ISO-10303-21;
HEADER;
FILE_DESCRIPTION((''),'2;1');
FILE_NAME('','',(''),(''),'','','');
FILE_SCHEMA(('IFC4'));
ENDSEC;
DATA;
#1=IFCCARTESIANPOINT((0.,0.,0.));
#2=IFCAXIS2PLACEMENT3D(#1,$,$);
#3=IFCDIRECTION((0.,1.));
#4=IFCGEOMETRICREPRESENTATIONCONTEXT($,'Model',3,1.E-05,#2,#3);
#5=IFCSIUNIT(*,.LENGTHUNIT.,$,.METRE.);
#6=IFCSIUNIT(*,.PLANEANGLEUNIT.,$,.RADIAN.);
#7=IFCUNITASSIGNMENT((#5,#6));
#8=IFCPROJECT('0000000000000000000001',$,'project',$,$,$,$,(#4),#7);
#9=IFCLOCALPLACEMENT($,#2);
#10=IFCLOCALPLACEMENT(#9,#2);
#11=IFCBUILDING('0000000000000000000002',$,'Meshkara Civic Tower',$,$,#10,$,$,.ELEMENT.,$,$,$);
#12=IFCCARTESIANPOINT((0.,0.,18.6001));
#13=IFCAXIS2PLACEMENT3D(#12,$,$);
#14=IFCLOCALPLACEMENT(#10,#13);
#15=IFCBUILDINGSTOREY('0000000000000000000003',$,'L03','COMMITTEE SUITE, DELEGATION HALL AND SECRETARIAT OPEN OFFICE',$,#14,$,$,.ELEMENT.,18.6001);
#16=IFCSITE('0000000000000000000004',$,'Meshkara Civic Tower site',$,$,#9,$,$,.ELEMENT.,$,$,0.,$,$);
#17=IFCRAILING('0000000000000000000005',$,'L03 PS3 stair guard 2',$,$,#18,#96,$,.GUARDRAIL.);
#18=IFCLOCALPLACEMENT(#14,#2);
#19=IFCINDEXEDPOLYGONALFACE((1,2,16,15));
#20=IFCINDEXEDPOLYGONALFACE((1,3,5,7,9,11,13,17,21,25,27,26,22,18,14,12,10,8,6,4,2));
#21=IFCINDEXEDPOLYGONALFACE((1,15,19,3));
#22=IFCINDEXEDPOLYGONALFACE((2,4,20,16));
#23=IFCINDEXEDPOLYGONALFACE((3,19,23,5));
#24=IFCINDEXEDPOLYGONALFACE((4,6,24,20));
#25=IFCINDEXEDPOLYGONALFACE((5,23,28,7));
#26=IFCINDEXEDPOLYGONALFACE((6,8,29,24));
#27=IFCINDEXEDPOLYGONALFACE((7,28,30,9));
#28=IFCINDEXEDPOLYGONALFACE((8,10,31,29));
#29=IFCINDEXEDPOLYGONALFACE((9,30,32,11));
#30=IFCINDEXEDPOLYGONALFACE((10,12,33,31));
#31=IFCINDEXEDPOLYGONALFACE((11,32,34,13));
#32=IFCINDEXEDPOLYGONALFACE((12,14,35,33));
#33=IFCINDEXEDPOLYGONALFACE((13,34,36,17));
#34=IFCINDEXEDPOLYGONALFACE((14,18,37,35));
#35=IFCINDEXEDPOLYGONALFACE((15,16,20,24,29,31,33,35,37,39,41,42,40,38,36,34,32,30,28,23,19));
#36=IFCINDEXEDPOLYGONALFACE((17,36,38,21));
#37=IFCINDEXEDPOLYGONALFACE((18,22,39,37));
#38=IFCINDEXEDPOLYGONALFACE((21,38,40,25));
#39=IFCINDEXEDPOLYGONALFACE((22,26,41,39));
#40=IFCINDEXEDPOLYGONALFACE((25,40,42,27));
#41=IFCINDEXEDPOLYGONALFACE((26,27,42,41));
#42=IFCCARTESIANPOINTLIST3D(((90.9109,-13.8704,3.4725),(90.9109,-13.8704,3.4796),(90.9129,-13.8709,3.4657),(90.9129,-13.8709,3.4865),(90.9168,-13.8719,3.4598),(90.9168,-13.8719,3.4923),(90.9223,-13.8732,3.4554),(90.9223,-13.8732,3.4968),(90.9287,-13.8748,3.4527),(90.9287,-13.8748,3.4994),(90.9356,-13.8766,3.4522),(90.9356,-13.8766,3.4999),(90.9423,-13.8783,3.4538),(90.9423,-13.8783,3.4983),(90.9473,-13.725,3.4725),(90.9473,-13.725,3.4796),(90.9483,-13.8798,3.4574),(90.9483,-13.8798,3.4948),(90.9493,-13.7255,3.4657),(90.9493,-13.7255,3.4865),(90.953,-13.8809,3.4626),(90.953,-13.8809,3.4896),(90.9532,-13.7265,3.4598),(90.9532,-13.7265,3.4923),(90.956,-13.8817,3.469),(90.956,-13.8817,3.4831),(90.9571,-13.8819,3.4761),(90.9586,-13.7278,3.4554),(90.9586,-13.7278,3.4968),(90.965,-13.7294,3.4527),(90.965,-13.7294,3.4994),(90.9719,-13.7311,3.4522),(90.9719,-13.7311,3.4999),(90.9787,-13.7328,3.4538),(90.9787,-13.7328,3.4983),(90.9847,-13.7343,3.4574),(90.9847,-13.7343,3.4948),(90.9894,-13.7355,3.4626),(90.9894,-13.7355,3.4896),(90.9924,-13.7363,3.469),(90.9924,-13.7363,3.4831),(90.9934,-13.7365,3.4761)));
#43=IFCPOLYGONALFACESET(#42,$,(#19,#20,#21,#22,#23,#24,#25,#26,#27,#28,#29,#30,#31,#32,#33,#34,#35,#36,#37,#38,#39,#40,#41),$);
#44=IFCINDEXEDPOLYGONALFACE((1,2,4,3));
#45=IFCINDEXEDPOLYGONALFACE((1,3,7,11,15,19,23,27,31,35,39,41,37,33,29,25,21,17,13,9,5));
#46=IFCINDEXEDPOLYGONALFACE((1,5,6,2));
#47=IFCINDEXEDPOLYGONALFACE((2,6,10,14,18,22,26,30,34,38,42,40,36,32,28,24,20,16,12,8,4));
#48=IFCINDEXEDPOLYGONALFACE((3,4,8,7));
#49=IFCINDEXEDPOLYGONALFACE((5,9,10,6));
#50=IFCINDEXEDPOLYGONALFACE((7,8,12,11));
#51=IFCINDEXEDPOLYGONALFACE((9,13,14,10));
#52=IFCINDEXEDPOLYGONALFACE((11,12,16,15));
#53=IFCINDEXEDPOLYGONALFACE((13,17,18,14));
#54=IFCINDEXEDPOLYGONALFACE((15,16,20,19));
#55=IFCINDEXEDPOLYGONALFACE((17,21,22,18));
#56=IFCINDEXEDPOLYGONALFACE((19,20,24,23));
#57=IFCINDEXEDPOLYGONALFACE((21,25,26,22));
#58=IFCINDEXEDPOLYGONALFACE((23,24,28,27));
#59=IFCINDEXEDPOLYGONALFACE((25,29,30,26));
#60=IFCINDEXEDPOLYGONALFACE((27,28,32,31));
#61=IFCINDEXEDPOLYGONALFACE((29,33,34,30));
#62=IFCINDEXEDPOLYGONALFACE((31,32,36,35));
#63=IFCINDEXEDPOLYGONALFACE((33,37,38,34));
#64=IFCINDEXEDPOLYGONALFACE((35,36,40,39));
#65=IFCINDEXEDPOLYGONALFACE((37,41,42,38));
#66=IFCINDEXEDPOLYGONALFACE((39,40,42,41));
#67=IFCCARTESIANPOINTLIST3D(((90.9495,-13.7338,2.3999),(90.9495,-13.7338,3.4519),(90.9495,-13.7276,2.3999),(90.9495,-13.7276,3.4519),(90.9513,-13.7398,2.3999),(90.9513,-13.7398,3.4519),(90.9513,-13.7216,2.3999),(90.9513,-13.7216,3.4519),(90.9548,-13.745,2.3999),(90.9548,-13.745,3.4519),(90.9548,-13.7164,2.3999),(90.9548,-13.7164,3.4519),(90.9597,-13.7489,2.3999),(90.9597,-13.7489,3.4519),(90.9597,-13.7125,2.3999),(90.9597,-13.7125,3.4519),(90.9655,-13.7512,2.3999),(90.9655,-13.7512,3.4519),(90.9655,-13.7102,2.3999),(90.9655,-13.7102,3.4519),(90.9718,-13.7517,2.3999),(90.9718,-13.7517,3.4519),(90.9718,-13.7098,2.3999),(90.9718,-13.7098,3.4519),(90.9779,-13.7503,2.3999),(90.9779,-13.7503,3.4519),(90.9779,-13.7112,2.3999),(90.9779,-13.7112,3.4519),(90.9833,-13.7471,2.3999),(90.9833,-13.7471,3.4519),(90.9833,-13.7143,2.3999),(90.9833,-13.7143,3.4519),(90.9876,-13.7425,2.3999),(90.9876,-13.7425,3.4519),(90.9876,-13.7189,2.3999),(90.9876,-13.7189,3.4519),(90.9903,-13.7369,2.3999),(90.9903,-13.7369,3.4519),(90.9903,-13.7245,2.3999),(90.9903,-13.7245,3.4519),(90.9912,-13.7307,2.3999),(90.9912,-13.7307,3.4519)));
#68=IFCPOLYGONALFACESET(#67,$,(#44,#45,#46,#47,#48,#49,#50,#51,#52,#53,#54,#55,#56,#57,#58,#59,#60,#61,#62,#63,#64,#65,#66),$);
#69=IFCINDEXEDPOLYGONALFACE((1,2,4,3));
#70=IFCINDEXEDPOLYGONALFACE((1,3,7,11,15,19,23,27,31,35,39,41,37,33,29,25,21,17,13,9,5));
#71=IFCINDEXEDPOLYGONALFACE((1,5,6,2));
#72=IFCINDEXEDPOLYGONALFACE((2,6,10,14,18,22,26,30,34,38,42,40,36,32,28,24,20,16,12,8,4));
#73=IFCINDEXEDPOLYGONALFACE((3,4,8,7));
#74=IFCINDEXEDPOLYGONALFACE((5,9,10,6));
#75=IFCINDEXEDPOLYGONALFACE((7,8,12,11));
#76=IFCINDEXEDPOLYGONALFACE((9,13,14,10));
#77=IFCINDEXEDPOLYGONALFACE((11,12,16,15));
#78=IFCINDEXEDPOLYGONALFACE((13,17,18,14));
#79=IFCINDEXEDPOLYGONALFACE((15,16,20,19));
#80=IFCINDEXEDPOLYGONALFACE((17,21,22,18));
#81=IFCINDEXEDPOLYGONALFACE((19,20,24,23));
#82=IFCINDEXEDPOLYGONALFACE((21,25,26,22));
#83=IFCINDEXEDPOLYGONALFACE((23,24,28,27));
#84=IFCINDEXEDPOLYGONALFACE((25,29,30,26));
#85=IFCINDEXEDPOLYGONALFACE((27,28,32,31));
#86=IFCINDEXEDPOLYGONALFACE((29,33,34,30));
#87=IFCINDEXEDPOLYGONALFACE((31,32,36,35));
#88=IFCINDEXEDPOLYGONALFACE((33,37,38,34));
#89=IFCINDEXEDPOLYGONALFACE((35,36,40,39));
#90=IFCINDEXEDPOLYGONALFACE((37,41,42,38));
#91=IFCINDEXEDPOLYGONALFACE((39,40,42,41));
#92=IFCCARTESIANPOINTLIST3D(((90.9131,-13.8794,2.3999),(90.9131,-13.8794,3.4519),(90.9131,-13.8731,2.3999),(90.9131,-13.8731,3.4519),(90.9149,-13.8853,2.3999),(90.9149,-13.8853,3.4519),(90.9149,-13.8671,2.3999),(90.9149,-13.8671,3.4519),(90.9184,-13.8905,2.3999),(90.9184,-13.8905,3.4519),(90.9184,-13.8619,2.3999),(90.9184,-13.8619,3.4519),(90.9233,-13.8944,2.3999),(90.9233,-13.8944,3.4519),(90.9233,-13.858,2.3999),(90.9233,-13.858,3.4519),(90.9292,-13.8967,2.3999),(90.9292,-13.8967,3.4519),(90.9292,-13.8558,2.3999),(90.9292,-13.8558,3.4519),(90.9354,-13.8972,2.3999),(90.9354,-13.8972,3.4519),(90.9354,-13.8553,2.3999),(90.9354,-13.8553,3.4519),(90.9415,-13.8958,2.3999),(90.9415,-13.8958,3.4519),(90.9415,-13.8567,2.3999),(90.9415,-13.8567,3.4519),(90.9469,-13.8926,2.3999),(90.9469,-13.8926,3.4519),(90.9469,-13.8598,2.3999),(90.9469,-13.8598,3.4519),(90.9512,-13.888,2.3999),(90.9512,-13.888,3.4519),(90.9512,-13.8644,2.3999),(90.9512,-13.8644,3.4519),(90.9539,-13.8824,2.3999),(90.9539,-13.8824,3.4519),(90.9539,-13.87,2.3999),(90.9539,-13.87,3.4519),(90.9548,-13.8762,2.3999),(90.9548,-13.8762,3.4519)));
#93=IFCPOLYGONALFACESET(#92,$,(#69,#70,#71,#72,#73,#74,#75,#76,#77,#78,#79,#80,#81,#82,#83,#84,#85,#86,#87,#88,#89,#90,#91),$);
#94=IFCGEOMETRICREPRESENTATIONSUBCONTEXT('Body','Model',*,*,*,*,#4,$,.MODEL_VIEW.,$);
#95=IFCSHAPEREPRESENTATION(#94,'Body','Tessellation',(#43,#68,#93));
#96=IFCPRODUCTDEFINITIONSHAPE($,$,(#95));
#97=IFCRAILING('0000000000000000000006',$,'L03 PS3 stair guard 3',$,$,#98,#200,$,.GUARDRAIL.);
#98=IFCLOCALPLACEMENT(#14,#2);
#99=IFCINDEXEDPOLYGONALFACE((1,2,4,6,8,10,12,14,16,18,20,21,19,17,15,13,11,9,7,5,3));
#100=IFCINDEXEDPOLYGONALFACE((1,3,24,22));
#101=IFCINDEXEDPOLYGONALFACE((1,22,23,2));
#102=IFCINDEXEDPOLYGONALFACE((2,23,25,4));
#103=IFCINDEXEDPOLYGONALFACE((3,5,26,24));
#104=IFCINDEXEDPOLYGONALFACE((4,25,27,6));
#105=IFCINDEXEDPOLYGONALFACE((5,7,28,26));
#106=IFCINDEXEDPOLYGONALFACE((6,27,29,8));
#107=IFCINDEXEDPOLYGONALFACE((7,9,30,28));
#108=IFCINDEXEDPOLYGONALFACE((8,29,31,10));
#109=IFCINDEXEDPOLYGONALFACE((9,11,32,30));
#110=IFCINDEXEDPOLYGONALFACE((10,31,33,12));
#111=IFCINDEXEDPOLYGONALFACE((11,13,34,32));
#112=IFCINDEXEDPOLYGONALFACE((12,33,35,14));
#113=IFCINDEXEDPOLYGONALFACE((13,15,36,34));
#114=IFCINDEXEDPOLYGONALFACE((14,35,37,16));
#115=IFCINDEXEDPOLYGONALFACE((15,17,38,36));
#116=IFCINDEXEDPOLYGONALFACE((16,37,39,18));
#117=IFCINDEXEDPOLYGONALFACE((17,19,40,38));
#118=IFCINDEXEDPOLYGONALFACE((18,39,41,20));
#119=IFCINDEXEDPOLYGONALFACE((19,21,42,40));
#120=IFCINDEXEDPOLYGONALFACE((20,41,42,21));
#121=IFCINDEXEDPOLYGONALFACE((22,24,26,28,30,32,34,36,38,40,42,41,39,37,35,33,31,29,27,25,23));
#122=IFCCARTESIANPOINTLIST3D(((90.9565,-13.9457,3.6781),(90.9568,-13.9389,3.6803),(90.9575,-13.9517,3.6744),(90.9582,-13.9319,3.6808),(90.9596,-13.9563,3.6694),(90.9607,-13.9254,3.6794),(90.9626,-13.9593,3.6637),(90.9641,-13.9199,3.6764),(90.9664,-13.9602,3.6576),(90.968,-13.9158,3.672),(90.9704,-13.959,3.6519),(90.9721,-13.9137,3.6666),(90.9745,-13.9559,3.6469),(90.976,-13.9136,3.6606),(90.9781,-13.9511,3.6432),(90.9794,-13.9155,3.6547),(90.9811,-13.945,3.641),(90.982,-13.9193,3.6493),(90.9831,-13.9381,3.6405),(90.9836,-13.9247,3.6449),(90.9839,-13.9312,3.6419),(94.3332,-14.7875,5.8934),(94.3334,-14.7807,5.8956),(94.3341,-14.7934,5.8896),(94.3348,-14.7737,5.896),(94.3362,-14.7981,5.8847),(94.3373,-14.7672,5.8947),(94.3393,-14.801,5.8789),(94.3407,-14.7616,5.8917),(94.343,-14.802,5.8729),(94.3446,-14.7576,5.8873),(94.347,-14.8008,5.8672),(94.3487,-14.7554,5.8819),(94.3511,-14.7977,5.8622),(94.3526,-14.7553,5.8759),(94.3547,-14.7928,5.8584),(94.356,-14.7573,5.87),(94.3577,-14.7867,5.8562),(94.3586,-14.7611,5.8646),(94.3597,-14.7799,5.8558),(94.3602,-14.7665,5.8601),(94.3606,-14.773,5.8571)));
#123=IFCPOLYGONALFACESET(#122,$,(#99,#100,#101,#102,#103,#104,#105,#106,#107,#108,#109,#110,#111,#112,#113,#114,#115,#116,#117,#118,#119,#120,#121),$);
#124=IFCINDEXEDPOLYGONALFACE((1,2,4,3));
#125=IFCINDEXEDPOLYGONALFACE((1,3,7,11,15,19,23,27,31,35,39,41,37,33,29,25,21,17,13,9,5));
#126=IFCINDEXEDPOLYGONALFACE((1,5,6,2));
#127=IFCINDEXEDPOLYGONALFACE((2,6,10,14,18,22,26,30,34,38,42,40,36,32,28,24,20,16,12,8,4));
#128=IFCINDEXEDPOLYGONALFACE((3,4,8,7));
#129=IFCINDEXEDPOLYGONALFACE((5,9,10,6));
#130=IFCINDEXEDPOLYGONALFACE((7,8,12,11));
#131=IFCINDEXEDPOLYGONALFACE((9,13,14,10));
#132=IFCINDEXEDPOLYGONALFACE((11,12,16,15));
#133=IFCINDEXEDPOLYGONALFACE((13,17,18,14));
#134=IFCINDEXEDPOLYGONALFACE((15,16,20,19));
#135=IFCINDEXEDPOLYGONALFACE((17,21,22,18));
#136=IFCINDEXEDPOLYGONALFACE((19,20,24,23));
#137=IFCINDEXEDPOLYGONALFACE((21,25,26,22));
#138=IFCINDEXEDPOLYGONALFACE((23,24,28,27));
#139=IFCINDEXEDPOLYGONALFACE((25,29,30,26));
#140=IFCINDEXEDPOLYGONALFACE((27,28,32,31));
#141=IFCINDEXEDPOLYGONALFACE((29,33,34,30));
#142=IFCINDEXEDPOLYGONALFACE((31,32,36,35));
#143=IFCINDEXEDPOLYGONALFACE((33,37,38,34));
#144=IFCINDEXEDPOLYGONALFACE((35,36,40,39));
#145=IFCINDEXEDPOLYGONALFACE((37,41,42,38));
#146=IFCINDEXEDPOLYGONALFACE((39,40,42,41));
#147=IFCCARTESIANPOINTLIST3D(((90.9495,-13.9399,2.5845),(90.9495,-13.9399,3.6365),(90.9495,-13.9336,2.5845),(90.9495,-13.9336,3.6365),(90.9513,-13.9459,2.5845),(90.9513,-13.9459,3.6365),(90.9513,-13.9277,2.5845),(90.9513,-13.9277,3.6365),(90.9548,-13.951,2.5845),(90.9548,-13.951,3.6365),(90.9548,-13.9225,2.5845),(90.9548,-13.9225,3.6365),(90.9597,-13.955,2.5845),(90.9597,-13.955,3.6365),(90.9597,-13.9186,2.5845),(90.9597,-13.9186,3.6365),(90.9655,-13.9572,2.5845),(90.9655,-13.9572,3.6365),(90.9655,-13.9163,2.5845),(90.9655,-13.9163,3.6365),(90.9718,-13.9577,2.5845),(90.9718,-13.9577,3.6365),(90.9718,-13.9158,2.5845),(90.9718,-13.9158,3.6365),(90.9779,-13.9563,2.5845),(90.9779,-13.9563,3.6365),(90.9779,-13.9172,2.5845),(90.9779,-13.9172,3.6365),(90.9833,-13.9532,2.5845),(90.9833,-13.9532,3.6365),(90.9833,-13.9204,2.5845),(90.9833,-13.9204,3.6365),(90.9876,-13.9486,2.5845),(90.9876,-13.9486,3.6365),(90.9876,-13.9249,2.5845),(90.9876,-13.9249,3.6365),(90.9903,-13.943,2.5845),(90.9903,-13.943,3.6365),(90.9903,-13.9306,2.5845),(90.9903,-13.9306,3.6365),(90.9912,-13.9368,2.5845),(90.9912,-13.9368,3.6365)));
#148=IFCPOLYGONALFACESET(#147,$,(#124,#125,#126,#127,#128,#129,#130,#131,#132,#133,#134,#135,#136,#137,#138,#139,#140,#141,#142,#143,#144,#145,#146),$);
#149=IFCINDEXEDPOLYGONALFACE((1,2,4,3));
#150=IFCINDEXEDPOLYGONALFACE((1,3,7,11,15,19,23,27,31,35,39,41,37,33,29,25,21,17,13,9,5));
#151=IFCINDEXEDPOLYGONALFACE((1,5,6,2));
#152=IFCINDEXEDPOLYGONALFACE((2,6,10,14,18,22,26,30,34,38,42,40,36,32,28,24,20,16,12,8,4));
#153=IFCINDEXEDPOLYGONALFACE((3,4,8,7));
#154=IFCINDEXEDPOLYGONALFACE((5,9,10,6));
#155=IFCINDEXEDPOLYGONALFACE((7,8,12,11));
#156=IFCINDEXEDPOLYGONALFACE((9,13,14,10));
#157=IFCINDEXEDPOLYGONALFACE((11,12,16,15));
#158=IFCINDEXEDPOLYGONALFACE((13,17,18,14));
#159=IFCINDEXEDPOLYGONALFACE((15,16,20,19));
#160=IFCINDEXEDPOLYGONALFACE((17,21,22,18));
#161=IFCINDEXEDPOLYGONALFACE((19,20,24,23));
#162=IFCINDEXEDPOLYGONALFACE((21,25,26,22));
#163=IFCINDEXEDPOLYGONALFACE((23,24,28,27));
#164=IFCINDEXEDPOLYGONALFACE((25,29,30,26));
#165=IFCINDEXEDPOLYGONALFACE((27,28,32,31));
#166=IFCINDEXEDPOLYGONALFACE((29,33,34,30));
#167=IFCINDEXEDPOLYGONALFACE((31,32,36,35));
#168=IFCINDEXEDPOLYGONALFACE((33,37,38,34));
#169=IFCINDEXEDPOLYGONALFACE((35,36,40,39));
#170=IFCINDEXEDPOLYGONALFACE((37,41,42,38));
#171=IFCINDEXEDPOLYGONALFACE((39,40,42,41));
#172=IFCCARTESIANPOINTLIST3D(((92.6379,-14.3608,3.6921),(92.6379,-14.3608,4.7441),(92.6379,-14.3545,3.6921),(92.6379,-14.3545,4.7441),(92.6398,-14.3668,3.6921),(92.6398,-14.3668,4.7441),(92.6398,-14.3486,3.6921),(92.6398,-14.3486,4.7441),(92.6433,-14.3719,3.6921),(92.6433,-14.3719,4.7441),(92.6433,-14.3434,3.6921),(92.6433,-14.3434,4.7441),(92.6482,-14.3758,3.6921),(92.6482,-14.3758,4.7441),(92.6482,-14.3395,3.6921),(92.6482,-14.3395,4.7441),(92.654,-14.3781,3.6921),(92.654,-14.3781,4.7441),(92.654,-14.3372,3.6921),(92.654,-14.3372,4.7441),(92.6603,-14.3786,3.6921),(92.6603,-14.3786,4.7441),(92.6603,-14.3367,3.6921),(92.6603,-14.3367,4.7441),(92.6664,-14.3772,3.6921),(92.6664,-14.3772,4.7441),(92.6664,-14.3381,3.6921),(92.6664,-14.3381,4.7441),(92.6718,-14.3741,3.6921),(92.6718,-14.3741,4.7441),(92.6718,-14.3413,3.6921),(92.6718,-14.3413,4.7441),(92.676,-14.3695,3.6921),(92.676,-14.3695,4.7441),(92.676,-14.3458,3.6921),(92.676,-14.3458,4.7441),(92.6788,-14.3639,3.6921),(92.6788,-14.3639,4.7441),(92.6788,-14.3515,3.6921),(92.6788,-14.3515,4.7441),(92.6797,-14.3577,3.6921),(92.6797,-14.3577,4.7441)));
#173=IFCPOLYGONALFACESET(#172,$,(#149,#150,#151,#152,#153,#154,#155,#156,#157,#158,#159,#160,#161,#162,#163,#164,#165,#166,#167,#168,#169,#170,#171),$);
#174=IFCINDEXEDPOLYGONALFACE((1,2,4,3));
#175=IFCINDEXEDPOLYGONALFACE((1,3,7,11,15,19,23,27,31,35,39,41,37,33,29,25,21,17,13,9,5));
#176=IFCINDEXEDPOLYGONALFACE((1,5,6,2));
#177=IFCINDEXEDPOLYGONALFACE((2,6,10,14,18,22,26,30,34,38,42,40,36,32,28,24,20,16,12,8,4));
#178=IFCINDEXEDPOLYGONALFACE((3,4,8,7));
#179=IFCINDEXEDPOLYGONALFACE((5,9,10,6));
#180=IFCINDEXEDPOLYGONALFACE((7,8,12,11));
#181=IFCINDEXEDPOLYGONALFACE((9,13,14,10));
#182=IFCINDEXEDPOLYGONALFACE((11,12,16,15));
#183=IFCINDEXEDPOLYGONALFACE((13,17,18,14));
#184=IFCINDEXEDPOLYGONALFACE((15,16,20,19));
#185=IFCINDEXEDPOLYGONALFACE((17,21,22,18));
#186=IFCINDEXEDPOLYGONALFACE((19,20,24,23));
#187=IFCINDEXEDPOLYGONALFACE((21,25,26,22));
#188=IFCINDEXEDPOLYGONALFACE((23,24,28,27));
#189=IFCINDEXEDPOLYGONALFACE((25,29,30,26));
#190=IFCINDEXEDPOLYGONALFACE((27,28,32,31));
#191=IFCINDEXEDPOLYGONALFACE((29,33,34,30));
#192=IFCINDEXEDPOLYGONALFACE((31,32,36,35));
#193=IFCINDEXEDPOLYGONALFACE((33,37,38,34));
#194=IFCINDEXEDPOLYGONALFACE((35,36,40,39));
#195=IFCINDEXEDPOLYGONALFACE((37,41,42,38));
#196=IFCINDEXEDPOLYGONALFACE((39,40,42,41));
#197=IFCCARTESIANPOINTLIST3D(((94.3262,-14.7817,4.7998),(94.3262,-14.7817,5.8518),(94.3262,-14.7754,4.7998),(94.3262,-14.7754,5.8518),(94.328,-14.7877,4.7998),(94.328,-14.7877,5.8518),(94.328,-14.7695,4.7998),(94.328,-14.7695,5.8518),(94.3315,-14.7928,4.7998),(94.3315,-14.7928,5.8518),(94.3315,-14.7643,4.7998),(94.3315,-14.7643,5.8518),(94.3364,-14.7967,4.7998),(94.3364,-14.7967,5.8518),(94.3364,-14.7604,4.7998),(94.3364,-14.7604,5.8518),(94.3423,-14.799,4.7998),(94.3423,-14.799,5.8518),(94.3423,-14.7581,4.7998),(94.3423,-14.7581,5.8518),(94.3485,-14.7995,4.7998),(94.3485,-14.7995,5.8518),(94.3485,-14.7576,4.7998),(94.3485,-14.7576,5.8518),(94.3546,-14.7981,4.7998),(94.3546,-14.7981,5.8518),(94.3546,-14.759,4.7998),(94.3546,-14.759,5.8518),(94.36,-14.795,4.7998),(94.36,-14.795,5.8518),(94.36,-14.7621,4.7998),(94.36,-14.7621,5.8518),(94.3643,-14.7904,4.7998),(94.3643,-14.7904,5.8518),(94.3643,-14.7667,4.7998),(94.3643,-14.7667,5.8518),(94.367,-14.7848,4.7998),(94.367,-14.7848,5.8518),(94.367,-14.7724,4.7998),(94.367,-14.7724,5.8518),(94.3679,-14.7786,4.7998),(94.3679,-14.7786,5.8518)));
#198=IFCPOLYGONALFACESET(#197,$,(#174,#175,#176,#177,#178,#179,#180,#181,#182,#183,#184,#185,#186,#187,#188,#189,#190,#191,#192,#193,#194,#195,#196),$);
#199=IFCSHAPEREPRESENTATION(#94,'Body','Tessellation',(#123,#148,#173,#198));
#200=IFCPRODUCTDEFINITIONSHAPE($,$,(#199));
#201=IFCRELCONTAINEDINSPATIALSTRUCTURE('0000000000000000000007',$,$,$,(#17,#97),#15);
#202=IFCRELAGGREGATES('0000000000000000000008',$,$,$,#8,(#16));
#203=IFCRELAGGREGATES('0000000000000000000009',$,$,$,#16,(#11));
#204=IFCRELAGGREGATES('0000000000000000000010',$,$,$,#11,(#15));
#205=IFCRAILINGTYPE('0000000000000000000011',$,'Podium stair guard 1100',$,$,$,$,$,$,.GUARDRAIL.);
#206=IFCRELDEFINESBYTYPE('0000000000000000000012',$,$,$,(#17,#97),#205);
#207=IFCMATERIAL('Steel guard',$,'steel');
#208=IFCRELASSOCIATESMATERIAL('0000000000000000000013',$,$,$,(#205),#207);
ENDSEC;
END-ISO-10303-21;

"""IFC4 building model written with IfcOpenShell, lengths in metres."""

from ifc_helpers import new_model, si_unit, direction, frame, origin, origin_2d, place, context, subcontext, project, spatial, circle, extrude, material, type_object, element, save


model = new_model("IFC4")

# Units and contexts
model_context = context("Model", 3, precision=1e-05, world=origin(), true_north=direction((0.0, 1.0)))
body_context = subcontext(model_context, "Body", "Model", "MODEL_VIEW")
ifc_project = project(units=[si_unit("LENGTHUNIT", "METRE"), si_unit("PLANEANGLEUNIT", "RADIAN")], contexts=[model_context])

# Site, building, storey
site_placement = place(None, origin())
site = spatial("IfcSite", under=ifc_project, at=site_placement, Name="Meshkara Civic Tower site", CompositionType="ELEMENT", RefElevation=0.0)
building_placement = place(site_placement, origin())
building = spatial("IfcBuilding", under=site, at=building_placement, Name="Meshkara Civic Tower", CompositionType="ELEMENT")
storey_placement = place(building_placement, frame((0.0, 0.0, 18.6001)))
storey = spatial("IfcBuildingStorey", under=building, at=storey_placement, Name="L03", Description="COMMITTEE SUITE, DELEGATION HALL AND SECRETARIAT OPEN OFFICE", CompositionType="ELEMENT", Elevation=18.6001)

# Railings
ifc_material_1 = material(Name="Steel guard", Category="steel")
railing_type_1 = type_object("IfcRailingType", Name="Podium stair guard 1100", PredefinedType="GUARDRAIL", material=ifc_material_1)
railing_1_placement = place(storey_placement, frame((90.9702, -13.7307, 2.3999)))
element("IfcRailing", 1, at=railing_1_placement, inside=storey, type_object=railing_type_1, Name="L03 PS3 stair guard 2", PredefinedType="GUARDRAIL", context=body_context, shape_type="SweptSolid", body=[
    extrude(circle(Radius=0.0239, at=origin_2d()), frame((0.0, 0.0, 1.0762), z_axis=(-0.242536, -0.970143, 0.0), x_axis=(0.970143, -0.242536, 0.0)), (0.0, 0.0, 1.0), 0.1499),
    extrude(circle(Radius=0.021, at=origin_2d()), origin(), (0.0, 0.0, 1.0), 1.052),
    extrude(circle(Radius=0.021, at=origin_2d()), frame((-0.0364, -0.1455, 0.0)), (0.0, 0.0, 1.0), 1.052),
])
railing_2_placement = place(storey_placement, frame((90.9702, -13.9368, 2.5845)))
element("IfcRailing", 2, at=railing_2_placement, inside=storey, type_object=railing_type_1, Name="L03 PS3 stair guard 3", PredefinedType="GUARDRAIL", context=body_context, shape_type="SweptSolid", body=[
    extrude(circle(Radius=0.0239, at=origin_2d()), frame((0.0, 0.0, 1.0762), z_axis=(0.818527, -0.204055, 0.537005), x_axis=(0.241892, 0.970303, 0.0)), (0.0, 0.0, 1.0), 4.1252),
    extrude(circle(Radius=0.021, at=origin_2d()), origin(), (0.0, 0.0, 1.0), 1.052),
    extrude(circle(Radius=0.021, at=origin_2d()), frame((1.6885, -0.4209, 1.1077)), (0.0, 0.0, 1.0), 1.052),
    extrude(circle(Radius=0.021, at=origin_2d()), frame((3.3767, -0.8418, 2.2153)), (0.0, 0.0, 1.0), 1.052),
])

save(model, "model.ifc")
